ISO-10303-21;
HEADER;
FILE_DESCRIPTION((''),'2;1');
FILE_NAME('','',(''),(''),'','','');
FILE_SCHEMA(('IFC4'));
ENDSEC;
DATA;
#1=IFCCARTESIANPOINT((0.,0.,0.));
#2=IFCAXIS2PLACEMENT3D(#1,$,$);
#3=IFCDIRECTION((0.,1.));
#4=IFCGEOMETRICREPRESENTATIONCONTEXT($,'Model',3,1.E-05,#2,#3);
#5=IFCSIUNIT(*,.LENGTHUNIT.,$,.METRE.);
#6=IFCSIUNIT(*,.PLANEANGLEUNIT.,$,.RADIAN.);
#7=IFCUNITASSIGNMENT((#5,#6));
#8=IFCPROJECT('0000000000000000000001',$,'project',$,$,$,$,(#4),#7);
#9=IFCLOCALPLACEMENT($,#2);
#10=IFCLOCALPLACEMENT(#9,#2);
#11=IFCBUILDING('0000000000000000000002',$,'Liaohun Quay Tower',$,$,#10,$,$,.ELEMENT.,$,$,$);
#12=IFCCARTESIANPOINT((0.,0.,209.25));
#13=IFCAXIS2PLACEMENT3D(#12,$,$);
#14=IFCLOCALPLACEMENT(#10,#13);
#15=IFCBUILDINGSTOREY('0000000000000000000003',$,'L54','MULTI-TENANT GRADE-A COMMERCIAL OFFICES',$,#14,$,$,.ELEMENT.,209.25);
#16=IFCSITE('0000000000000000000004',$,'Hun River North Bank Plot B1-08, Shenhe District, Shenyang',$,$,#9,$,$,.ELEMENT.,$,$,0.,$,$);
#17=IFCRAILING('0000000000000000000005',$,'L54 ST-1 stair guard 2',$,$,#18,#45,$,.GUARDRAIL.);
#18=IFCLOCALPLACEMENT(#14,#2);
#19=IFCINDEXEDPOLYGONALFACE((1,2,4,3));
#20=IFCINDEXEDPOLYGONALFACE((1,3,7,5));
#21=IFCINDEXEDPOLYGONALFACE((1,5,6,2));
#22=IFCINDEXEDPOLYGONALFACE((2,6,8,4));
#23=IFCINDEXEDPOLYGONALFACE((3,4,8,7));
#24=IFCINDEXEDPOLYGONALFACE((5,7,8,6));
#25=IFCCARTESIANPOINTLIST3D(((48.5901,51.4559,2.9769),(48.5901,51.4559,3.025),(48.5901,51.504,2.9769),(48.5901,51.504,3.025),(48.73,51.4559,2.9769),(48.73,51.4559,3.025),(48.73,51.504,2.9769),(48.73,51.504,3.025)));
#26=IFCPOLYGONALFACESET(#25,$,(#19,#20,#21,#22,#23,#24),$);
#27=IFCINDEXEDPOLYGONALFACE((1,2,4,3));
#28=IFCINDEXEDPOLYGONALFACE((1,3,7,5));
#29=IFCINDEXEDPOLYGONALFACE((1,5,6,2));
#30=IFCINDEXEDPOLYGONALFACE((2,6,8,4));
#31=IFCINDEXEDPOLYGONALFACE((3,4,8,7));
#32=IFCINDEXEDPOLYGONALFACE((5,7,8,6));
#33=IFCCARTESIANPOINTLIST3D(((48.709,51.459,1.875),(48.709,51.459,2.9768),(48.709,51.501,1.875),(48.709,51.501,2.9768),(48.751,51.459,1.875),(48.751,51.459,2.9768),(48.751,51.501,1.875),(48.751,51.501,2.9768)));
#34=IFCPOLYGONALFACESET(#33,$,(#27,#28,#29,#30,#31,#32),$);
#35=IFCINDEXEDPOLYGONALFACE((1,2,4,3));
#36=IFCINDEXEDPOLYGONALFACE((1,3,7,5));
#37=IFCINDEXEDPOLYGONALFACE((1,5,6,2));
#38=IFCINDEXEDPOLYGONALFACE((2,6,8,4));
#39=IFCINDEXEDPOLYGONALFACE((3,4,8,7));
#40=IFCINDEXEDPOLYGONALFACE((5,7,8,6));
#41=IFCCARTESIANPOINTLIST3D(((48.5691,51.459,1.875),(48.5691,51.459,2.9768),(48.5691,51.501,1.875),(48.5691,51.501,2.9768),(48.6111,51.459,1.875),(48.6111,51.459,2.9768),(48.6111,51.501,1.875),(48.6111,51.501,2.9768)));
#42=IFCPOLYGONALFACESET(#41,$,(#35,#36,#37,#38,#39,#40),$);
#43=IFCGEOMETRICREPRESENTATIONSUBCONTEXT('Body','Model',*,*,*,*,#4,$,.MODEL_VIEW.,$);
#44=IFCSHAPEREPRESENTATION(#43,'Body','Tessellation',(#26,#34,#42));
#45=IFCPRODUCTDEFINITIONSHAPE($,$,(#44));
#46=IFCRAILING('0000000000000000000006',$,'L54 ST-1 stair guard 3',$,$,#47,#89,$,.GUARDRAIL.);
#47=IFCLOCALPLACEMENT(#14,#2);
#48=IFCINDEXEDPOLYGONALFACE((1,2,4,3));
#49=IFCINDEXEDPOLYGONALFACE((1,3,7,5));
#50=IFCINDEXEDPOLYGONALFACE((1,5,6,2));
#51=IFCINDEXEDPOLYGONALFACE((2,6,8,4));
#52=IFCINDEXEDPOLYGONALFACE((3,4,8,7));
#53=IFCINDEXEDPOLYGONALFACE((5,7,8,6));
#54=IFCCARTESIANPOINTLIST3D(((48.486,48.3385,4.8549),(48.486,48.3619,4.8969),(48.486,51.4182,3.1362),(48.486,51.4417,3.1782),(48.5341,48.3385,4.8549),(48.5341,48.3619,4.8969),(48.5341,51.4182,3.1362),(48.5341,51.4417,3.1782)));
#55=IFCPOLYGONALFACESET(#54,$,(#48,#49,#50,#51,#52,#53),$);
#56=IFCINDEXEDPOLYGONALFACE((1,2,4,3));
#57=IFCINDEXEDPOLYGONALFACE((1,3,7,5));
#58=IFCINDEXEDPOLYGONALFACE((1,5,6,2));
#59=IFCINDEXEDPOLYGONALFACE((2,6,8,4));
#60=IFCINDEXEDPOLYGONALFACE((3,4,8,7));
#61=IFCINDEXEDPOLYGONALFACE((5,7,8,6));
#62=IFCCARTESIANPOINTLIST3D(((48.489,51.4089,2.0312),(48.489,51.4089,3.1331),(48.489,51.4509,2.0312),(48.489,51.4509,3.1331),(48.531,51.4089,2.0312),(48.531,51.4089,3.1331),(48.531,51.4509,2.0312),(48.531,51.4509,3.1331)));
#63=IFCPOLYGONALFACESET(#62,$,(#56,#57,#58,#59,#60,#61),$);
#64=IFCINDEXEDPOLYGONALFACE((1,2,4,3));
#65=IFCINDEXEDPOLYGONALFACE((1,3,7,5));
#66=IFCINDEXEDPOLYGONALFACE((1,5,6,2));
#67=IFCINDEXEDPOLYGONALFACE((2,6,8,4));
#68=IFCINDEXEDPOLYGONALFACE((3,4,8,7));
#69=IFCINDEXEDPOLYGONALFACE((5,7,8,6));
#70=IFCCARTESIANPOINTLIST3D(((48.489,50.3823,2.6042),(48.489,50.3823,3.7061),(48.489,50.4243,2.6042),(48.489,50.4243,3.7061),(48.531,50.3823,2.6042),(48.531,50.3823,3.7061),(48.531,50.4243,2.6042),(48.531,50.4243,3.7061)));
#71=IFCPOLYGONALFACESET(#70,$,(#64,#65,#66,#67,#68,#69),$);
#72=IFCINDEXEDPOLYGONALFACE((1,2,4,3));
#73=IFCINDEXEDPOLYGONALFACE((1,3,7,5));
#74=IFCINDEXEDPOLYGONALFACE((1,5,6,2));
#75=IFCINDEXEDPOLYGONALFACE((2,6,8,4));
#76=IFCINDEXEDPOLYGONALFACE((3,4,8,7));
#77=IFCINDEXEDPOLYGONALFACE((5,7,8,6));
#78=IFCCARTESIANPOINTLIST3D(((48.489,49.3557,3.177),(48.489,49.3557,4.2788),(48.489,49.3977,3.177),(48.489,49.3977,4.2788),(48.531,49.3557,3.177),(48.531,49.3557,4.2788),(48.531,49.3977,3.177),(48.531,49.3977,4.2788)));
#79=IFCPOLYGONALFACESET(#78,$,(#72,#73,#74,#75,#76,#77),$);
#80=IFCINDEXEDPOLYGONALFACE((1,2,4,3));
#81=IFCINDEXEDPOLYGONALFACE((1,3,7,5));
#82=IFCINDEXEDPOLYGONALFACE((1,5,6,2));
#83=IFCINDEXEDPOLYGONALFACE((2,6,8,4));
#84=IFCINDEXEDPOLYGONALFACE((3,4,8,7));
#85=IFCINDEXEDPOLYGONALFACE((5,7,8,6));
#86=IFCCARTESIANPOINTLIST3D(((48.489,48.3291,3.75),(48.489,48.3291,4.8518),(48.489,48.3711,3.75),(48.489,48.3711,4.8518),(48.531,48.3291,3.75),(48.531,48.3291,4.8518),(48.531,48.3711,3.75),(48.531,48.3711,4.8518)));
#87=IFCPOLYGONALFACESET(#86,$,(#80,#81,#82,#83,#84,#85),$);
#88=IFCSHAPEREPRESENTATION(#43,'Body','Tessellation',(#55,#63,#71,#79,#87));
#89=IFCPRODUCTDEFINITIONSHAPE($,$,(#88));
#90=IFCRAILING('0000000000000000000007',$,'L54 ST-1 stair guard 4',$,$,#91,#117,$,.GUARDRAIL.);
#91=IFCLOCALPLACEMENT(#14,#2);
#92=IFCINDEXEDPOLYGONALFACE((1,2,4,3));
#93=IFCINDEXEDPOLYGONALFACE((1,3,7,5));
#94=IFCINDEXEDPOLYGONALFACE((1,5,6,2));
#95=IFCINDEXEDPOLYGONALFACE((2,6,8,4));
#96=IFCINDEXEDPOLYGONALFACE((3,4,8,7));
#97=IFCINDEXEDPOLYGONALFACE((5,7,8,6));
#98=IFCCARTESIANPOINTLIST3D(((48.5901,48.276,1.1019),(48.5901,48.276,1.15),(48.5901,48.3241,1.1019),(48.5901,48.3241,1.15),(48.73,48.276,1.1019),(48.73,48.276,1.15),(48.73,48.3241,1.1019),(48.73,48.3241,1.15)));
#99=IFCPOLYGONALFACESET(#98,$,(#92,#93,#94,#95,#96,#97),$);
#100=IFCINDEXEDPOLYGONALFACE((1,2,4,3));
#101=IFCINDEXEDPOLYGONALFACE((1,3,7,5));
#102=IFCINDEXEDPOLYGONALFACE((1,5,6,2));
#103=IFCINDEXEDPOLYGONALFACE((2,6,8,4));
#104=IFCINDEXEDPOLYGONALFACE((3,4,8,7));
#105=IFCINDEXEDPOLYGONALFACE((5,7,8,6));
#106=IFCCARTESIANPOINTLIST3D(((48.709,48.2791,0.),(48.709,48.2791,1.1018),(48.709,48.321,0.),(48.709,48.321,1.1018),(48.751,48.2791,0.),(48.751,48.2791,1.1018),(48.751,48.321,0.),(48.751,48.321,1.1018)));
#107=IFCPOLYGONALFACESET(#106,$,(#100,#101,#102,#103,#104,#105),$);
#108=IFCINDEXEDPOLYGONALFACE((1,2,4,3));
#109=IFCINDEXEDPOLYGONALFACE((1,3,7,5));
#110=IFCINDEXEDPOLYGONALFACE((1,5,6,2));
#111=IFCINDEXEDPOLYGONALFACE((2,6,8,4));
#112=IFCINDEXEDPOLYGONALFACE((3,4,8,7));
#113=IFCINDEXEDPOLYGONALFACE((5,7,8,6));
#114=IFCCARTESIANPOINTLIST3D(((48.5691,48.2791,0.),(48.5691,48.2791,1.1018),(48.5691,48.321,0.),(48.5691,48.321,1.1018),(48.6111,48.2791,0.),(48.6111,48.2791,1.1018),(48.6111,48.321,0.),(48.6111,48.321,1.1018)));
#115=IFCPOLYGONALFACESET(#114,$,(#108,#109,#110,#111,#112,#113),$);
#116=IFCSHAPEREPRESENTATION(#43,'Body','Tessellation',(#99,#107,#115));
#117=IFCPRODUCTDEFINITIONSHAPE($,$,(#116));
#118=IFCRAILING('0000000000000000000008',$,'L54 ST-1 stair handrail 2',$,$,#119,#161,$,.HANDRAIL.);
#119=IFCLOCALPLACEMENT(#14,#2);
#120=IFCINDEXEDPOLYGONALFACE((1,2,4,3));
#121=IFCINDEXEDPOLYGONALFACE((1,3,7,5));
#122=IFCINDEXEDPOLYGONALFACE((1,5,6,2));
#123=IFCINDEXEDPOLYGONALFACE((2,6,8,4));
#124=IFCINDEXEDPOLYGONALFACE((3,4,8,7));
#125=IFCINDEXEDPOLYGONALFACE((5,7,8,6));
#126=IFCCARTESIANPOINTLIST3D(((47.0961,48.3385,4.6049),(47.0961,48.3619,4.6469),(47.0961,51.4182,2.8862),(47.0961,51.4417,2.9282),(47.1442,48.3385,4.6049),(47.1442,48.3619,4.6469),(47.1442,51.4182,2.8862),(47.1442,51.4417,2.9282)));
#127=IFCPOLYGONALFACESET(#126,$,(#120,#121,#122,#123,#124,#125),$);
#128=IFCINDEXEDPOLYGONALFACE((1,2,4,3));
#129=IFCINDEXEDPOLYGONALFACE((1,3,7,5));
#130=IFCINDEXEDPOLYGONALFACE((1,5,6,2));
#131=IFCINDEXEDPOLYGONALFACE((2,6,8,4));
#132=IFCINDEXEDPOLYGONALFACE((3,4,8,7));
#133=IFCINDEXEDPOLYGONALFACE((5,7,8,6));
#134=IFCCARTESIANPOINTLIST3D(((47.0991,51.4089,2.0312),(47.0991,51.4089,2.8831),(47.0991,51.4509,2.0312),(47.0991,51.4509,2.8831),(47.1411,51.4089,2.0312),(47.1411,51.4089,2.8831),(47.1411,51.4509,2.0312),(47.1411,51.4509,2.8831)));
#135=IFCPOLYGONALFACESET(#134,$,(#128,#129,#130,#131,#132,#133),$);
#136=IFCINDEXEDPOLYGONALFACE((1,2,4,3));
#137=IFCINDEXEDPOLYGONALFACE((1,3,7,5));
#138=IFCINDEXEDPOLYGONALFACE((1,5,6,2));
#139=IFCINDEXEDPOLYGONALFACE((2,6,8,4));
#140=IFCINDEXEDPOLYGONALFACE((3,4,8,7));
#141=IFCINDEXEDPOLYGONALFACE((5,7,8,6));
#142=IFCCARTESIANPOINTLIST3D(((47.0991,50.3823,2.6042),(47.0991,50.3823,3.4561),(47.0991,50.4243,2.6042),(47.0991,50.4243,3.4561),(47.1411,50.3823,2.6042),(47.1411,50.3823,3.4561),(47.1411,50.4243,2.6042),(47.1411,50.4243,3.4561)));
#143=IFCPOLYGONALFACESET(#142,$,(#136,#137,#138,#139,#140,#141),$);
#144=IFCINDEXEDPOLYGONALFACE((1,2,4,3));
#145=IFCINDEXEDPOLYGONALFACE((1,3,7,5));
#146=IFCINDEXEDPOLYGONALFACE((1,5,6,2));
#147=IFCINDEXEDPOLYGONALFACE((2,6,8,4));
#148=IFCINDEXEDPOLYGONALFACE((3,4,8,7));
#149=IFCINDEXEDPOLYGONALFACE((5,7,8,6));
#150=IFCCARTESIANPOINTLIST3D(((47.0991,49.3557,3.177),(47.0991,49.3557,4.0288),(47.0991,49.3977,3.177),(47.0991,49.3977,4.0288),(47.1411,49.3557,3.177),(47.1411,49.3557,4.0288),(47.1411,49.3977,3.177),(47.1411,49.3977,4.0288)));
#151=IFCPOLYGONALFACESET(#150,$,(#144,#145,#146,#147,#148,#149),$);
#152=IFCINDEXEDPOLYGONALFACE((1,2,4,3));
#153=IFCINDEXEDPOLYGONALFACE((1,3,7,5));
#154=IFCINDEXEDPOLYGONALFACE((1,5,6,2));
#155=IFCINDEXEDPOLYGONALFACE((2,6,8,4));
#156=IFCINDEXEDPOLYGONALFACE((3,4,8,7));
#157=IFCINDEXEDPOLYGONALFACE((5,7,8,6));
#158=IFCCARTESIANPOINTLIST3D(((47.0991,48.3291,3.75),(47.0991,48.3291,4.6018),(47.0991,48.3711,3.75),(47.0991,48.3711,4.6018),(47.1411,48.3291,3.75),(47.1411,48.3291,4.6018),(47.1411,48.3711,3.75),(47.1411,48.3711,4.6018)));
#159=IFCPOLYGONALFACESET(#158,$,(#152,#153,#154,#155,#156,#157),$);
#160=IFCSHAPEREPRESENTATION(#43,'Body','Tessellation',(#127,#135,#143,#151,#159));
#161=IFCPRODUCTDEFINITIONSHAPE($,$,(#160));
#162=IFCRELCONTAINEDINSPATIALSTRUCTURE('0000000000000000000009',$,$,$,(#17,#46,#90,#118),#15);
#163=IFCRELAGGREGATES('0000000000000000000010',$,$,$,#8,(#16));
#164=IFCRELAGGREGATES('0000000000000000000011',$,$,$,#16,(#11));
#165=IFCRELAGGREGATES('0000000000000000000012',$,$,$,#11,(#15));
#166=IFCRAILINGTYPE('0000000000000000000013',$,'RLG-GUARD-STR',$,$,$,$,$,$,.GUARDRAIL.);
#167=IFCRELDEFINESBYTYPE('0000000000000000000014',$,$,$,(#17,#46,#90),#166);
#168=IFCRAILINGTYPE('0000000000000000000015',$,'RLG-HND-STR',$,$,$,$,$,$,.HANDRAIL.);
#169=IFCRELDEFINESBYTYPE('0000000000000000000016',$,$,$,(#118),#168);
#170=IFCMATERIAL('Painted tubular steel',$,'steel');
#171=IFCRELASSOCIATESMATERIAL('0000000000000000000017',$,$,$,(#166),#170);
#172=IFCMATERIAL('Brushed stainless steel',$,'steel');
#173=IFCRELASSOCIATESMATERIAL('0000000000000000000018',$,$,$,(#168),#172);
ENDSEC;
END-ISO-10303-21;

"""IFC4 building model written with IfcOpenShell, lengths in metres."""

from ifc_helpers import new_model, si_unit, direction, frame, origin, origin_2d, place, context, subcontext, project, spatial, rectangle, extrude, material, type_object, element, save


model = new_model("IFC4")

# Units and contexts
model_context = context("Model", 3, precision=1e-05, world=origin(), true_north=direction((0.0, 1.0)))
body_context = subcontext(model_context, "Body", "Model", "MODEL_VIEW")
ifc_project = project(units=[si_unit("LENGTHUNIT", "METRE"), si_unit("PLANEANGLEUNIT", "RADIAN")], contexts=[model_context])

# Site, building, storey
site_placement = place(None, origin())
site = spatial("IfcSite", under=ifc_project, at=site_placement, Name="Hun River North Bank Plot B1-08, Shenhe District, Shenyang", CompositionType="ELEMENT", RefElevation=0.0)
building_placement = place(site_placement, origin())
building = spatial("IfcBuilding", under=site, at=building_placement, Name="Liaohun Quay Tower", CompositionType="ELEMENT")
storey_placement = place(building_placement, frame((0.0, 0.0, 209.25)))
storey = spatial("IfcBuildingStorey", under=building, at=storey_placement, Name="L54", Description="MULTI-TENANT GRADE-A COMMERCIAL OFFICES", CompositionType="ELEMENT", Elevation=209.25)

# Railings
ifc_material_1 = material(Name="Painted tubular steel", Category="steel")
railing_type_1 = type_object("IfcRailingType", Name="RLG-GUARD-STR", PredefinedType="GUARDRAIL", material=ifc_material_1)
railing_1_placement = place(storey_placement, frame((48.73, 51.48, 1.875)))
element("IfcRailing", 1, at=railing_1_placement, inside=storey, type_object=railing_type_1, Name="L54 ST-1 stair guard 2", PredefinedType="GUARDRAIL", context=body_context, shape_type="SweptSolid", body=[
    extrude(rectangle(XDim=0.0481, YDim=0.0481, at=origin_2d()), frame((0.0, 0.0, 1.126), z_axis=(-1.0, 0.0, 0.0), x_axis=(0.0, -1.0, 0.0)), (0.0, 0.0, 1.0), 0.1399),
    extrude(rectangle(XDim=0.042, YDim=0.042, at=origin_2d()), origin(), (0.0, 0.0, 1.0), 1.1018),
    extrude(rectangle(XDim=0.042, YDim=0.042, at=origin_2d()), frame((-0.1399, 0.0, 0.0)), (0.0, 0.0, 1.0), 1.1018),
])
railing_2_placement = place(storey_placement, frame((48.51, 51.4299, 2.0312)))
element("IfcRailing", 2, at=railing_2_placement, inside=storey, type_object=railing_type_1, Name="L54 ST-1 stair guard 3", PredefinedType="GUARDRAIL", context=body_context, shape_type="SweptSolid", body=[
    extrude(rectangle(XDim=0.0481, YDim=0.0481, at=origin_2d()), frame((0.0, 0.0, 1.126), z_axis=(0.0, -0.873225, 0.487317), x_axis=(1.0, 0.0, 0.0)), (0.0, 0.0, 1.0), 3.5269),
    extrude(rectangle(XDim=0.042, YDim=0.042, at=origin_2d()), origin(), (0.0, 0.0, 1.0), 1.1018),
    extrude(rectangle(XDim=0.042, YDim=0.042, at=origin_2d()), frame((0.0, -1.0266, 0.573)), (0.0, 0.0, 1.0), 1.1018),
    extrude(rectangle(XDim=0.042, YDim=0.042, at=origin_2d()), frame((0.0, -2.0532, 1.1458)), (0.0, 0.0, 1.0), 1.1018),
    extrude(rectangle(XDim=0.042, YDim=0.042, at=origin_2d()), frame((0.0, -3.0798, 1.7188)), (0.0, 0.0, 1.0), 1.1018),
])
railing_3_placement = place(storey_placement, frame((48.73, 48.3, 0.0)))
element("IfcRailing", 3, at=railing_3_placement, inside=storey, type_object=railing_type_1, Name="L54 ST-1 stair guard 4", PredefinedType="GUARDRAIL", context=body_context, shape_type="SweptSolid", body=[
    extrude(rectangle(XDim=0.0481, YDim=0.0481, at=origin_2d()), frame((0.0, 0.0, 1.126), z_axis=(-1.0, 0.0, 0.0), x_axis=(0.0, -1.0, 0.0)), (0.0, 0.0, 1.0), 0.1399),
    extrude(rectangle(XDim=0.042, YDim=0.042, at=origin_2d()), origin(), (0.0, 0.0, 1.0), 1.1018),
    extrude(rectangle(XDim=0.042, YDim=0.042, at=origin_2d()), frame((-0.1399, 0.0, 0.0)), (0.0, 0.0, 1.0), 1.1018),
])
ifc_material_2 = material(Name="Brushed stainless steel", Category="steel")
railing_type_2 = type_object("IfcRailingType", Name="RLG-HND-STR", PredefinedType="HANDRAIL", material=ifc_material_2)
railing_4_placement = place(storey_placement, frame((47.1201, 51.4299, 2.0312)))
element("IfcRailing", 4, at=railing_4_placement, inside=storey, type_object=railing_type_2, Name="L54 ST-1 stair handrail 2", PredefinedType="HANDRAIL", context=body_context, shape_type="SweptSolid", body=[
    extrude(rectangle(XDim=0.0481, YDim=0.0481, at=origin_2d()), frame((0.0, 0.0, 0.876), z_axis=(0.0, -0.873225, 0.487317), x_axis=(1.0, 0.0, 0.0)), (0.0, 0.0, 1.0), 3.5269),
    extrude(rectangle(XDim=0.042, YDim=0.042, at=origin_2d()), origin(), (0.0, 0.0, 1.0), 0.8518),
    extrude(rectangle(XDim=0.042, YDim=0.042, at=origin_2d()), frame((0.0, -1.0266, 0.573)), (0.0, 0.0, 1.0), 0.8518),
    extrude(rectangle(XDim=0.042, YDim=0.042, at=origin_2d()), frame((0.0, -2.0532, 1.1458)), (0.0, 0.0, 1.0), 0.8518),
    extrude(rectangle(XDim=0.042, YDim=0.042, at=origin_2d()), frame((0.0, -3.0798, 1.7188)), (0.0, 0.0, 1.0), 0.8518),
])

save(model, "model.ifc")
